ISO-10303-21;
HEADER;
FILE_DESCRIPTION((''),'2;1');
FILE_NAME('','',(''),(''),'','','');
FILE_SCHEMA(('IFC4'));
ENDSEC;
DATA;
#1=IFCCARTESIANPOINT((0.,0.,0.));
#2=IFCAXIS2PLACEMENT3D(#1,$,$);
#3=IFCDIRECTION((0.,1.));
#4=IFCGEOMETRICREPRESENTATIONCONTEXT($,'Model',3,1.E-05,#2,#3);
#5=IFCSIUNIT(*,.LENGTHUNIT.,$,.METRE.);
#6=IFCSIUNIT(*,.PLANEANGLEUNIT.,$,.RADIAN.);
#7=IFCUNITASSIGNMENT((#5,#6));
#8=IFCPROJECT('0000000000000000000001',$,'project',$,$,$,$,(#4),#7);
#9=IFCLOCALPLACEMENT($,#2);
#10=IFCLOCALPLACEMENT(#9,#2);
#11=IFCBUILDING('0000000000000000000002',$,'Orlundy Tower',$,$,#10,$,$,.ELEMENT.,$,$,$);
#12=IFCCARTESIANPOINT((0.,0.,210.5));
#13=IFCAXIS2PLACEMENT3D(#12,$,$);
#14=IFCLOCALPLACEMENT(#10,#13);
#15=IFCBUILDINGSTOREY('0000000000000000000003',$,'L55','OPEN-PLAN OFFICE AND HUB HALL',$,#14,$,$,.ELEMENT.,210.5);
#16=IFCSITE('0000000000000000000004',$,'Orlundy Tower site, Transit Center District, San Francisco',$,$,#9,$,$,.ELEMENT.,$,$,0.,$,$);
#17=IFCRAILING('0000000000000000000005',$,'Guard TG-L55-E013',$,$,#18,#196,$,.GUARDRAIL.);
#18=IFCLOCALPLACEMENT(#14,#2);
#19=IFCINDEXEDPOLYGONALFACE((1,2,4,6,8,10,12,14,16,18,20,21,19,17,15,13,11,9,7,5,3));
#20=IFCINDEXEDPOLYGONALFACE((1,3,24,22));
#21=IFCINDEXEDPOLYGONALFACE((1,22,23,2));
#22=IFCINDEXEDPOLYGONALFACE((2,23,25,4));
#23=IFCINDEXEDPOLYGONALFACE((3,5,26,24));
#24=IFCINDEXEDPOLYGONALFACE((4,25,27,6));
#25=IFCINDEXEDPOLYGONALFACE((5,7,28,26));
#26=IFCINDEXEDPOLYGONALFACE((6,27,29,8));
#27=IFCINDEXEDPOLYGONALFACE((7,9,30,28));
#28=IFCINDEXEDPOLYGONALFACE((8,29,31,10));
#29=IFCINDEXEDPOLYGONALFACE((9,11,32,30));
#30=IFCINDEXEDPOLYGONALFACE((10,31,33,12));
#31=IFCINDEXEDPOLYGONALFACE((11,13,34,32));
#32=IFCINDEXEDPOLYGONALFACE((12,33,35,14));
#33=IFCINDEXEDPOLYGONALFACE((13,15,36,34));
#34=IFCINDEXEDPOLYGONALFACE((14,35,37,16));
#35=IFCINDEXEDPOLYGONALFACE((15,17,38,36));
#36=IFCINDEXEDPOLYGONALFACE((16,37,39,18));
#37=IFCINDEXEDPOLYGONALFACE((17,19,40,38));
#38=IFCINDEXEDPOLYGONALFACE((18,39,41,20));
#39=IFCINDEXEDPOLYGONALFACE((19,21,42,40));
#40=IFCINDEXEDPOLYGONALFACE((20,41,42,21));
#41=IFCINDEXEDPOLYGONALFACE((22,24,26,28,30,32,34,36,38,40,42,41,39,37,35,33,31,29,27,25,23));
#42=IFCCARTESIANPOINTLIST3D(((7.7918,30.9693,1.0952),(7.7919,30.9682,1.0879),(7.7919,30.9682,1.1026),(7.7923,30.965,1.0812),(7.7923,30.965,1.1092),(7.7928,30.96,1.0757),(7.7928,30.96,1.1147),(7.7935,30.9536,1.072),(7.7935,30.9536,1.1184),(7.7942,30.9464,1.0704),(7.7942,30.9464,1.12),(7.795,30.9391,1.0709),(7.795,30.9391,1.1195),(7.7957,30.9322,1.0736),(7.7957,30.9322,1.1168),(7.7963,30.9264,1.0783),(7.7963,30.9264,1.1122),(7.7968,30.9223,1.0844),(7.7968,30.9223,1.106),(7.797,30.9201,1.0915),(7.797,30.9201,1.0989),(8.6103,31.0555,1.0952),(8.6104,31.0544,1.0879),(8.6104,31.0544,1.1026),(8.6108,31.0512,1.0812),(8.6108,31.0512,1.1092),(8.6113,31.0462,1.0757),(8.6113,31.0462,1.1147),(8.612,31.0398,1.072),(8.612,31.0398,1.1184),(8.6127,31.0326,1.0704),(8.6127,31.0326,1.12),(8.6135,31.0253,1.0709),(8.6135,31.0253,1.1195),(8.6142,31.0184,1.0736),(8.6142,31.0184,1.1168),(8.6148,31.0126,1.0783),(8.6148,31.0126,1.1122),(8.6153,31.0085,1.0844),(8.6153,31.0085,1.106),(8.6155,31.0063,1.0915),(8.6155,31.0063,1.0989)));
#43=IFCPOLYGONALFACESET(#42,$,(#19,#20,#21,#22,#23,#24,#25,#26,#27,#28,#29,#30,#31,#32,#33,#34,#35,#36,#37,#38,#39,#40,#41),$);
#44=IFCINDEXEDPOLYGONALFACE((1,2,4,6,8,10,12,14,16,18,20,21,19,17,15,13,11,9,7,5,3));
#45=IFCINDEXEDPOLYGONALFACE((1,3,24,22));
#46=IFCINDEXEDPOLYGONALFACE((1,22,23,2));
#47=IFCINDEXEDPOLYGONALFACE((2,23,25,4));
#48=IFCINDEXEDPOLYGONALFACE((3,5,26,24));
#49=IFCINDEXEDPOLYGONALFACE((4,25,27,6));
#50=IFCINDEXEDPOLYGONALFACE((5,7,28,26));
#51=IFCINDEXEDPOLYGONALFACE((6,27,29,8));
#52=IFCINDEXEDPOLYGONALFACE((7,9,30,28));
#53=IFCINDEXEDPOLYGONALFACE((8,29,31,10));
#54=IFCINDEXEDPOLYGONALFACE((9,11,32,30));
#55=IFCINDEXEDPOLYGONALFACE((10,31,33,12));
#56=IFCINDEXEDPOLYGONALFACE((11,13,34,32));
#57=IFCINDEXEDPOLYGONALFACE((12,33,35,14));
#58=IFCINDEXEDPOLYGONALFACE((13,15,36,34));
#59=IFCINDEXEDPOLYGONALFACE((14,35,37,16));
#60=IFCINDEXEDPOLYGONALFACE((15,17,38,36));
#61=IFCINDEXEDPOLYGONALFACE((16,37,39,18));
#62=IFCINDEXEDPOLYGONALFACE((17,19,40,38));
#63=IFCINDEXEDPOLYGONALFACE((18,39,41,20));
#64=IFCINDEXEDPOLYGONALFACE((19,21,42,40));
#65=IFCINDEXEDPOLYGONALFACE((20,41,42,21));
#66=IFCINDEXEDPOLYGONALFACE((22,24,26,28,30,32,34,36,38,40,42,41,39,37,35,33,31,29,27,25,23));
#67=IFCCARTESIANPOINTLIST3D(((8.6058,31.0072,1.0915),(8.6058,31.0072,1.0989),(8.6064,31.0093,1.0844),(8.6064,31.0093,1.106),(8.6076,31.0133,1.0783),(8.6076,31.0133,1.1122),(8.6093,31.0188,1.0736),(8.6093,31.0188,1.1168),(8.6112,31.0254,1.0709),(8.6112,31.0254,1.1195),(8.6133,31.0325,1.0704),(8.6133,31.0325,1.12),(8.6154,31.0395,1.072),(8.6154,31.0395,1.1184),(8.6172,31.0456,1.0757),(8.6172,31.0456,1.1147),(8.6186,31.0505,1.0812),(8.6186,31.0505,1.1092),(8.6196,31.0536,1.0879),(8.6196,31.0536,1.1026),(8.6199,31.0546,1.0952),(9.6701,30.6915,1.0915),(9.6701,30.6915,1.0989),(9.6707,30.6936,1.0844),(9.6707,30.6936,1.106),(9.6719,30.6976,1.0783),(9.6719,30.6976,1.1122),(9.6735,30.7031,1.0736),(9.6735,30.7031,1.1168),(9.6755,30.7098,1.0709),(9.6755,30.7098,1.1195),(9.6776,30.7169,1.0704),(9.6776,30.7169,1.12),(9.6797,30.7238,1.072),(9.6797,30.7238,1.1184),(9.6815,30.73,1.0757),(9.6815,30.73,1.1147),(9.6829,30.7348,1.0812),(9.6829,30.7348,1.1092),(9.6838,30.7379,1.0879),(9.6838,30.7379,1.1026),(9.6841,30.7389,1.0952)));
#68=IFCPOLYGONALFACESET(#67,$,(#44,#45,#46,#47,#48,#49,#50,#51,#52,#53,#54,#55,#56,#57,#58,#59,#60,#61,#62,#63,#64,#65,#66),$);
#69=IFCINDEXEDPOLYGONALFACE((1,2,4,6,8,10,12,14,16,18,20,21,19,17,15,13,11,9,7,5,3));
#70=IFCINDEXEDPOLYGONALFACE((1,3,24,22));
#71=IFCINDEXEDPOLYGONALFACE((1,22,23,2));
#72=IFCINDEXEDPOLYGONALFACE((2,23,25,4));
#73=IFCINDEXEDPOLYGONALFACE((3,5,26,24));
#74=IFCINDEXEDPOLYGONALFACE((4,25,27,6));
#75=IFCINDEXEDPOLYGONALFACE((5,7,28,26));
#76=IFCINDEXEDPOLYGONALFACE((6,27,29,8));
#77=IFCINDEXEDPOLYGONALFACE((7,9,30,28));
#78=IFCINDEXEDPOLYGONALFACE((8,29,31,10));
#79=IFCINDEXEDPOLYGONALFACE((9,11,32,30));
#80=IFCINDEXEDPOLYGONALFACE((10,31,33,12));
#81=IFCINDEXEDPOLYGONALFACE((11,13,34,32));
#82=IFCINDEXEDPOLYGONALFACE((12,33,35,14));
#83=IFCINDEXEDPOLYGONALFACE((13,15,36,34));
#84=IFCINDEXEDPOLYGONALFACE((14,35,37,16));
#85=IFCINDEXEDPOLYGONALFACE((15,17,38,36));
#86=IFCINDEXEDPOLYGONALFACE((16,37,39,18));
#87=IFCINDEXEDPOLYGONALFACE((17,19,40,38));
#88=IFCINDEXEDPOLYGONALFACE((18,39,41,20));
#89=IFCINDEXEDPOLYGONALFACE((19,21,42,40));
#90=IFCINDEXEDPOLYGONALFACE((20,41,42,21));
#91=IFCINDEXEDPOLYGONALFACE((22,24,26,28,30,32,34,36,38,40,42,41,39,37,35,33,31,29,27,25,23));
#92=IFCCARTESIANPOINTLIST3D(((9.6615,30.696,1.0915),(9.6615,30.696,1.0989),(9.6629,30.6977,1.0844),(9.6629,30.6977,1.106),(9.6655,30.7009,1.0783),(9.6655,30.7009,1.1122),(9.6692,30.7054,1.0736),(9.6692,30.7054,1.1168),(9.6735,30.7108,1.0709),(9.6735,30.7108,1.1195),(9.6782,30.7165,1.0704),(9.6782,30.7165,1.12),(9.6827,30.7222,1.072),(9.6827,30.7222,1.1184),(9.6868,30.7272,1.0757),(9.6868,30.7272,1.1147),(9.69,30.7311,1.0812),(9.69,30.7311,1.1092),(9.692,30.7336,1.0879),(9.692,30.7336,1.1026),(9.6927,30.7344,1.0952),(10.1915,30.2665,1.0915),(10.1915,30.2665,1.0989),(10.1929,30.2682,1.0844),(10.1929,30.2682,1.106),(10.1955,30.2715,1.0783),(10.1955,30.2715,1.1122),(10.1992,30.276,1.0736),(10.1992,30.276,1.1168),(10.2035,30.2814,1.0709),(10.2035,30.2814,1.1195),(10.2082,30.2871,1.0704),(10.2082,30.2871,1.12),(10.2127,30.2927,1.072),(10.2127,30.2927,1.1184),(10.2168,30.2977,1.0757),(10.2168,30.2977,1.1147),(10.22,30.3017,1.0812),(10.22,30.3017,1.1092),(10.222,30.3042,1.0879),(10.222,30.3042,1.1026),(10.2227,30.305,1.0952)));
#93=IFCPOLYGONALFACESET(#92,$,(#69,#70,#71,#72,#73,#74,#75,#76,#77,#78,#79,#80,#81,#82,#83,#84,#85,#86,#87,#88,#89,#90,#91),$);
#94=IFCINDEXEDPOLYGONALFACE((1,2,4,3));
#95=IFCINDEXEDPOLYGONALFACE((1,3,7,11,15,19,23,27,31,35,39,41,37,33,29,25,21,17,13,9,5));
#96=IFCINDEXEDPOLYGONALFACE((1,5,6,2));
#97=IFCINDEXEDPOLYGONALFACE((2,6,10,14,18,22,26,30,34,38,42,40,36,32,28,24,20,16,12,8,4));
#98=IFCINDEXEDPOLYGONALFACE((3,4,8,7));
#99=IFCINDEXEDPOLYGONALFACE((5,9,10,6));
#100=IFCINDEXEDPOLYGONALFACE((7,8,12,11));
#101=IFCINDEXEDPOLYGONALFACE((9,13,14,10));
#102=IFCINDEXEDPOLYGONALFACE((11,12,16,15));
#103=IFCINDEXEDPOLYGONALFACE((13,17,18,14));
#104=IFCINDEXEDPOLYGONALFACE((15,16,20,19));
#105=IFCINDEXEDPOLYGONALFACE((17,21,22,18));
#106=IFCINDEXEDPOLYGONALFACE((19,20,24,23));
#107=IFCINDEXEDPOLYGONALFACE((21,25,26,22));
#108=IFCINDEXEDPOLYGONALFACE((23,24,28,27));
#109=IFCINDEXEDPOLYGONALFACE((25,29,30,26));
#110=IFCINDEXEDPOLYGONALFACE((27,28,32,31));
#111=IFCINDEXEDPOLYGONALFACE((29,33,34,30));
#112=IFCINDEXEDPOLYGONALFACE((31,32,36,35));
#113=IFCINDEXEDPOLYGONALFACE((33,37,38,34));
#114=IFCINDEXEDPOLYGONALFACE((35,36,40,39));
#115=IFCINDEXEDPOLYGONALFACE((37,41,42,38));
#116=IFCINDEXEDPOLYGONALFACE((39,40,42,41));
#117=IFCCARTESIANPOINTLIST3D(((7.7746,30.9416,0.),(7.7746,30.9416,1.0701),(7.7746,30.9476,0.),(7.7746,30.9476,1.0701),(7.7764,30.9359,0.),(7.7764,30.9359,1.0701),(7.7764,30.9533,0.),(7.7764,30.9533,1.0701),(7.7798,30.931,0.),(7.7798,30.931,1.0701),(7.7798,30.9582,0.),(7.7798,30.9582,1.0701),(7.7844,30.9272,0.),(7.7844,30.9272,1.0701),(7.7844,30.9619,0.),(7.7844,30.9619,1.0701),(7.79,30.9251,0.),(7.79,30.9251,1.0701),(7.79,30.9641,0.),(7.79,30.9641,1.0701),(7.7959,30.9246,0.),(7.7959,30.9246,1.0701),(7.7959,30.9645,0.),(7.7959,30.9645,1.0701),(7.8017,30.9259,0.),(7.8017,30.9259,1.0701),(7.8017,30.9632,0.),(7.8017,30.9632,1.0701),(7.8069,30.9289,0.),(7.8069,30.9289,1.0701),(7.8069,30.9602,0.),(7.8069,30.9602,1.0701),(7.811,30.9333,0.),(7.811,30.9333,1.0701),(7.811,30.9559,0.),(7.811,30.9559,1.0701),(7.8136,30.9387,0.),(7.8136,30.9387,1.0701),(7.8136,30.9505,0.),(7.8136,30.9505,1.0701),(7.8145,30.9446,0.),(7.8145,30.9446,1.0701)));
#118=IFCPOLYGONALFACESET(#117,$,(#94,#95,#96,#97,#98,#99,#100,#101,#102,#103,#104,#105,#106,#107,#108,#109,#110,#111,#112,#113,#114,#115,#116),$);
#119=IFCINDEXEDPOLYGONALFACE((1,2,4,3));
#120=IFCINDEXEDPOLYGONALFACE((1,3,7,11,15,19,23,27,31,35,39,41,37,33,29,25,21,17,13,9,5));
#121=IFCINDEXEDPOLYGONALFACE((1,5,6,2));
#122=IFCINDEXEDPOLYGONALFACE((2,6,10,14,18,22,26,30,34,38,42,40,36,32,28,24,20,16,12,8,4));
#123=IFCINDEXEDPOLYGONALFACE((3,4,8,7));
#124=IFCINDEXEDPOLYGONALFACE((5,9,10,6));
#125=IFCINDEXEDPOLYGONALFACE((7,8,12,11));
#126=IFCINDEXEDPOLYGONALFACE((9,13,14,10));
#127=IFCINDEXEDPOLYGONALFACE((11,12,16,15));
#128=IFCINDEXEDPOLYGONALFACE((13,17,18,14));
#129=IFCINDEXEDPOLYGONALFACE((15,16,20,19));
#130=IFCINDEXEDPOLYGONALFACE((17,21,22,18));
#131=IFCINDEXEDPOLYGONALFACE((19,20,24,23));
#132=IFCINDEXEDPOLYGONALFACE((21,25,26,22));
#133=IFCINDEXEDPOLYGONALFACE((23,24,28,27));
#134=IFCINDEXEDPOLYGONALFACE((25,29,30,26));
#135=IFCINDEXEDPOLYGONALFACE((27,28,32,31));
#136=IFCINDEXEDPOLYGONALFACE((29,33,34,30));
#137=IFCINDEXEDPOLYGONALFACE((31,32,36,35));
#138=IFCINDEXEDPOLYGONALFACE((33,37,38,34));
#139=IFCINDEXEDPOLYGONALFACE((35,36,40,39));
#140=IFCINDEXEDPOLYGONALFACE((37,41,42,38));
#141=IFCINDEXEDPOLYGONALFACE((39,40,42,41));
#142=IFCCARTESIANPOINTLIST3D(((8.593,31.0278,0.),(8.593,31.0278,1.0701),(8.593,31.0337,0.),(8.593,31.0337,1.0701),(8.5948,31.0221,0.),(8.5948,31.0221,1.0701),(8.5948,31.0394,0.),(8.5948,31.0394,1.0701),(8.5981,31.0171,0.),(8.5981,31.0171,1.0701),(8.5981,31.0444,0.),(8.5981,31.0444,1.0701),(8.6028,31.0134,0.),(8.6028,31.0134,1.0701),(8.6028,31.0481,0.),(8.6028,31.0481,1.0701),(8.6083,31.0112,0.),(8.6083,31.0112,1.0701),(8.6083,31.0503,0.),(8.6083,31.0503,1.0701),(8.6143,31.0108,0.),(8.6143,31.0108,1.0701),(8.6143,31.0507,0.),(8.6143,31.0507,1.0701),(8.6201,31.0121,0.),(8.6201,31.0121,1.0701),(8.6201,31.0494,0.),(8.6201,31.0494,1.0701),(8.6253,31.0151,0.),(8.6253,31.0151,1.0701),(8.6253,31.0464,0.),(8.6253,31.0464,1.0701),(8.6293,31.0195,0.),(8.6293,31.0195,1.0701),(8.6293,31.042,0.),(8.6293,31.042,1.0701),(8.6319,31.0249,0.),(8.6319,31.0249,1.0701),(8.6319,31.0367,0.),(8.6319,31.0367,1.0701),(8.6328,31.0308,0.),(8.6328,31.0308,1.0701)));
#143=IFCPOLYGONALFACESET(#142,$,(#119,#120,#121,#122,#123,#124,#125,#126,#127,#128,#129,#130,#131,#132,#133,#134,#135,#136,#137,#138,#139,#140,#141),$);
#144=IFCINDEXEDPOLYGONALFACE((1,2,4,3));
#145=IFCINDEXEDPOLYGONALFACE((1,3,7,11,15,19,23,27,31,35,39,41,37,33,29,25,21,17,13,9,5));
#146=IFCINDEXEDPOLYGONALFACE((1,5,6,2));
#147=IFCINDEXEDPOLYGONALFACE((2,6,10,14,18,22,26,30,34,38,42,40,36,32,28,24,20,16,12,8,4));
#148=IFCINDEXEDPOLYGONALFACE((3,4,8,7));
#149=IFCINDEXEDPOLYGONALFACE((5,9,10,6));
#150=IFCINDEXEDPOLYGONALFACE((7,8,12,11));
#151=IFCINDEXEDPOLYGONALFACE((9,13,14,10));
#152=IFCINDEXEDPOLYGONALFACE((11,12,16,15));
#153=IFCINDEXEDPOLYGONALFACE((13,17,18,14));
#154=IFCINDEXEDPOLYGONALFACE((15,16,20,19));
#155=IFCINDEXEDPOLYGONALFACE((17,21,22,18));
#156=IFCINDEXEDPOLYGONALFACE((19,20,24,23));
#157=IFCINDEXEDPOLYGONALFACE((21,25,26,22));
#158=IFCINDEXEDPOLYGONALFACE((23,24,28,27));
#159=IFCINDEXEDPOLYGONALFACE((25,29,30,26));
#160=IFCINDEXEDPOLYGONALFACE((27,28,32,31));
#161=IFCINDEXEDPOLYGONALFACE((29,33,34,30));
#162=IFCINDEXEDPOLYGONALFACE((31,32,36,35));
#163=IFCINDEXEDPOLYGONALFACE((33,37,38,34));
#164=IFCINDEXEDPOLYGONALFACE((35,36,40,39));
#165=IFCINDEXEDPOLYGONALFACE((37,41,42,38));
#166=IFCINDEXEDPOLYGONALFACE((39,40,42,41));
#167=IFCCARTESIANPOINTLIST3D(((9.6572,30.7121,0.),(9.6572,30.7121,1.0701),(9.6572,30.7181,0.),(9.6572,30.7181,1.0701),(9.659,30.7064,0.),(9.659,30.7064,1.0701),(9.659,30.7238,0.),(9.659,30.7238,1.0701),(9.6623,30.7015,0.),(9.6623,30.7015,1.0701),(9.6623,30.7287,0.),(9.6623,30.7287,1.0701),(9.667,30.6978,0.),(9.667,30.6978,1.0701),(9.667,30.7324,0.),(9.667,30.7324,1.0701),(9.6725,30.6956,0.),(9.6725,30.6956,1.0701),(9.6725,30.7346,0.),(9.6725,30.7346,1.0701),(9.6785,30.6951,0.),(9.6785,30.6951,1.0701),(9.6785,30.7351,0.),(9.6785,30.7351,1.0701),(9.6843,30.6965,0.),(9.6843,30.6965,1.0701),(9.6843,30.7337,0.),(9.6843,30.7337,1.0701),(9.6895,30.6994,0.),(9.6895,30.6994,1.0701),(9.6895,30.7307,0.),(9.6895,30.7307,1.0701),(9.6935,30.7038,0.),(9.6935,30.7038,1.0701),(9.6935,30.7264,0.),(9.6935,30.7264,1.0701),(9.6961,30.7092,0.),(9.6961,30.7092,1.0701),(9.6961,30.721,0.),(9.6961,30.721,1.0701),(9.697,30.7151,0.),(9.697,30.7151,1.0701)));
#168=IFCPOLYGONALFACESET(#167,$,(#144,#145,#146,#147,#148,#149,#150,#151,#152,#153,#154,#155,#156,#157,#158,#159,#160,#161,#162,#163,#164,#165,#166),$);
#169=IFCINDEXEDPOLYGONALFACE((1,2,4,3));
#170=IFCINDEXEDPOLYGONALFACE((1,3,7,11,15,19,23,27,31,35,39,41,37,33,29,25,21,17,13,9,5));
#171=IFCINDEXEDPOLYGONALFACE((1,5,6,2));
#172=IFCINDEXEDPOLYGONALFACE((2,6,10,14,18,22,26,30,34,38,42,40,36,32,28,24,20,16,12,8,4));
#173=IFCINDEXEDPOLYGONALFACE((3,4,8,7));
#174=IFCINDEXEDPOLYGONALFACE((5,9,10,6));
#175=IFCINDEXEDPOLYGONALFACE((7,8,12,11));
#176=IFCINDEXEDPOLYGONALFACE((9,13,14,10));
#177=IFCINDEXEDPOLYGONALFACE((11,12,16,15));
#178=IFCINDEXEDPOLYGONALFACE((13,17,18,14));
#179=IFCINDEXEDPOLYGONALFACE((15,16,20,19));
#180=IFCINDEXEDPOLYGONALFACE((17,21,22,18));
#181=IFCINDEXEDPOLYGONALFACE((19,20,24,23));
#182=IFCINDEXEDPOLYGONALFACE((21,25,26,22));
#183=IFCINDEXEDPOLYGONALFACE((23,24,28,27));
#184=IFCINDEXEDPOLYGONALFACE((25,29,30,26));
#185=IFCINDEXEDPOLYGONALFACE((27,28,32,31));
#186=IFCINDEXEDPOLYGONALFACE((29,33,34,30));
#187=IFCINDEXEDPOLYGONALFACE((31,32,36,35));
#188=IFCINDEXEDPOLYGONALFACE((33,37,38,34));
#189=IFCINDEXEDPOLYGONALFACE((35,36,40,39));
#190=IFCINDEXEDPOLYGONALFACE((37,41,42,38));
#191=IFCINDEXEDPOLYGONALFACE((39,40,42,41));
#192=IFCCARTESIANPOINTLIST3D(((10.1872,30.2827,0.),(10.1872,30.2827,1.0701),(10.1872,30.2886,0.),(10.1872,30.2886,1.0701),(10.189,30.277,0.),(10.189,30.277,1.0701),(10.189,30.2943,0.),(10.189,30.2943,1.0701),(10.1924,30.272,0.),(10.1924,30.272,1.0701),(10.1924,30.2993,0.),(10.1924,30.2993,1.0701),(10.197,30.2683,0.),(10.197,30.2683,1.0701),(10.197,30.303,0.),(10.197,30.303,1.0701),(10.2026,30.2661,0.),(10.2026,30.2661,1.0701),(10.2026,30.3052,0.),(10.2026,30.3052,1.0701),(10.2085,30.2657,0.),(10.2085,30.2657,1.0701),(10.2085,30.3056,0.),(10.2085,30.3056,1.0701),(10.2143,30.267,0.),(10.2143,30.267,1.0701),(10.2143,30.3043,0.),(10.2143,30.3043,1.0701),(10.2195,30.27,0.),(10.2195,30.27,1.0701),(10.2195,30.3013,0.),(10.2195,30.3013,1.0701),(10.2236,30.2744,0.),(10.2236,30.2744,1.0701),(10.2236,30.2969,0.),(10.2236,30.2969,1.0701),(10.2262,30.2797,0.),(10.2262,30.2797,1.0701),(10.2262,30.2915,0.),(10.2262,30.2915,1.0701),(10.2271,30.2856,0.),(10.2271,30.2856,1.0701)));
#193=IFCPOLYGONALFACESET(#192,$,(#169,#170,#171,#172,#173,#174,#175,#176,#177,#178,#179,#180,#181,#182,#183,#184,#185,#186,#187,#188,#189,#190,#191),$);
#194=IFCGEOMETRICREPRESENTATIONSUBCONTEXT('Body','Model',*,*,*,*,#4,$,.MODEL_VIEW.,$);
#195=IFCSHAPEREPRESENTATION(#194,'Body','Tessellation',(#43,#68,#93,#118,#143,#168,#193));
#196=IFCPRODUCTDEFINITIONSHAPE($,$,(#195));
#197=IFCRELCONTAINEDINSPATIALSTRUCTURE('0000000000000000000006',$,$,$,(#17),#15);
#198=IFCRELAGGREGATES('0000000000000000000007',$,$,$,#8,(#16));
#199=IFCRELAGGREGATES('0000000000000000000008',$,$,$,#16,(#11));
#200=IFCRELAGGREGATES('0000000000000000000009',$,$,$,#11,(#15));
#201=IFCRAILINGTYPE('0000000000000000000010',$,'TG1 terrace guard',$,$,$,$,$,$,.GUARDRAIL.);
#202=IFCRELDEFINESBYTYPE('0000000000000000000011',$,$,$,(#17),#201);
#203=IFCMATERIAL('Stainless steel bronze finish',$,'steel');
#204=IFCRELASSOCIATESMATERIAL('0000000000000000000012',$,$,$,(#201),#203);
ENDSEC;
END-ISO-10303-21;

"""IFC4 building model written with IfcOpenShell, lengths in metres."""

from ifc_helpers import new_model, si_unit, direction, frame, origin, origin_2d, place, context, subcontext, project, spatial, circle, extrude, material, type_object, element, save


model = new_model("IFC4")

# Units and contexts
model_context = context("Model", 3, precision=1e-05, world=origin(), true_north=direction((0.0, 1.0)))
body_context = subcontext(model_context, "Body", "Model", "MODEL_VIEW")
ifc_project = project(units=[si_unit("LENGTHUNIT", "METRE"), si_unit("PLANEANGLEUNIT", "RADIAN")], contexts=[model_context])

# Site, building, storey
site_placement = place(None, origin())
site = spatial("IfcSite", under=ifc_project, at=site_placement, Name="Orlundy Tower site, Transit Center District, San Francisco", CompositionType="ELEMENT", RefElevation=0.0)
building_placement = place(site_placement, origin())
building = spatial("IfcBuilding", under=site, at=building_placement, Name="Orlundy Tower", CompositionType="ELEMENT")
storey_placement = place(building_placement, frame((0.0, 0.0, 210.5)))
storey = spatial("IfcBuildingStorey", under=building, at=storey_placement, Name="L55", Description="OPEN-PLAN OFFICE AND HUB HALL", CompositionType="ELEMENT", Elevation=210.5)

# Railing
ifc_material_1 = material(Name="Stainless steel bronze finish", Category="steel")
railing_type = type_object("IfcRailingType", Name="TG1 terrace guard", PredefinedType="GUARDRAIL", material=ifc_material_1)
railing_1_placement = place(storey_placement, frame((7.7944, 30.9446, 0.0)))
element("IfcRailing", 1, at=railing_1_placement, inside=storey, type_object=railing_type, Name="Guard TG-L55-E013", PredefinedType="GUARDRAIL", context=body_context, shape_type="SweptSolid", body=[
    extrude(circle(Radius=0.0249, at=origin_2d()), frame((0.0, 0.0, 1.0952), z_axis=(0.994501, 0.104731, 0.0), x_axis=(-0.104731, 0.994501, 0.0)), (0.0, 0.0, 1.0), 0.823),
    extrude(circle(Radius=0.0249, at=origin_2d()), frame((0.8184, 0.0862, 1.0952), z_axis=(0.958712, -0.28438, 0.0), x_axis=(0.28438, 0.958712, 0.0)), (0.0, 0.0, 1.0), 1.1101),
    extrude(circle(Radius=0.0249, at=origin_2d()), frame((1.8826, -0.2295, 1.0952), z_axis=(0.776978, -0.629528, 0.0), x_axis=(0.629528, 0.776978, 0.0)), (0.0, 0.0, 1.0), 0.6821),
    extrude(circle(Radius=0.02, at=origin_2d()), origin(), (0.0, 0.0, 1.0), 1.0701),
    extrude(circle(Radius=0.02, at=origin_2d()), frame((0.8184, 0.0862, 0.0)), (0.0, 0.0, 1.0), 1.0701),
    extrude(circle(Radius=0.02, at=origin_2d()), frame((1.8826, -0.2295, 0.0)), (0.0, 0.0, 1.0), 1.0701),
    extrude(circle(Radius=0.02, at=origin_2d()), frame((2.4126, -0.6589, 0.0)), (0.0, 0.0, 1.0), 1.0701),
])

save(model, "model.ifc")
